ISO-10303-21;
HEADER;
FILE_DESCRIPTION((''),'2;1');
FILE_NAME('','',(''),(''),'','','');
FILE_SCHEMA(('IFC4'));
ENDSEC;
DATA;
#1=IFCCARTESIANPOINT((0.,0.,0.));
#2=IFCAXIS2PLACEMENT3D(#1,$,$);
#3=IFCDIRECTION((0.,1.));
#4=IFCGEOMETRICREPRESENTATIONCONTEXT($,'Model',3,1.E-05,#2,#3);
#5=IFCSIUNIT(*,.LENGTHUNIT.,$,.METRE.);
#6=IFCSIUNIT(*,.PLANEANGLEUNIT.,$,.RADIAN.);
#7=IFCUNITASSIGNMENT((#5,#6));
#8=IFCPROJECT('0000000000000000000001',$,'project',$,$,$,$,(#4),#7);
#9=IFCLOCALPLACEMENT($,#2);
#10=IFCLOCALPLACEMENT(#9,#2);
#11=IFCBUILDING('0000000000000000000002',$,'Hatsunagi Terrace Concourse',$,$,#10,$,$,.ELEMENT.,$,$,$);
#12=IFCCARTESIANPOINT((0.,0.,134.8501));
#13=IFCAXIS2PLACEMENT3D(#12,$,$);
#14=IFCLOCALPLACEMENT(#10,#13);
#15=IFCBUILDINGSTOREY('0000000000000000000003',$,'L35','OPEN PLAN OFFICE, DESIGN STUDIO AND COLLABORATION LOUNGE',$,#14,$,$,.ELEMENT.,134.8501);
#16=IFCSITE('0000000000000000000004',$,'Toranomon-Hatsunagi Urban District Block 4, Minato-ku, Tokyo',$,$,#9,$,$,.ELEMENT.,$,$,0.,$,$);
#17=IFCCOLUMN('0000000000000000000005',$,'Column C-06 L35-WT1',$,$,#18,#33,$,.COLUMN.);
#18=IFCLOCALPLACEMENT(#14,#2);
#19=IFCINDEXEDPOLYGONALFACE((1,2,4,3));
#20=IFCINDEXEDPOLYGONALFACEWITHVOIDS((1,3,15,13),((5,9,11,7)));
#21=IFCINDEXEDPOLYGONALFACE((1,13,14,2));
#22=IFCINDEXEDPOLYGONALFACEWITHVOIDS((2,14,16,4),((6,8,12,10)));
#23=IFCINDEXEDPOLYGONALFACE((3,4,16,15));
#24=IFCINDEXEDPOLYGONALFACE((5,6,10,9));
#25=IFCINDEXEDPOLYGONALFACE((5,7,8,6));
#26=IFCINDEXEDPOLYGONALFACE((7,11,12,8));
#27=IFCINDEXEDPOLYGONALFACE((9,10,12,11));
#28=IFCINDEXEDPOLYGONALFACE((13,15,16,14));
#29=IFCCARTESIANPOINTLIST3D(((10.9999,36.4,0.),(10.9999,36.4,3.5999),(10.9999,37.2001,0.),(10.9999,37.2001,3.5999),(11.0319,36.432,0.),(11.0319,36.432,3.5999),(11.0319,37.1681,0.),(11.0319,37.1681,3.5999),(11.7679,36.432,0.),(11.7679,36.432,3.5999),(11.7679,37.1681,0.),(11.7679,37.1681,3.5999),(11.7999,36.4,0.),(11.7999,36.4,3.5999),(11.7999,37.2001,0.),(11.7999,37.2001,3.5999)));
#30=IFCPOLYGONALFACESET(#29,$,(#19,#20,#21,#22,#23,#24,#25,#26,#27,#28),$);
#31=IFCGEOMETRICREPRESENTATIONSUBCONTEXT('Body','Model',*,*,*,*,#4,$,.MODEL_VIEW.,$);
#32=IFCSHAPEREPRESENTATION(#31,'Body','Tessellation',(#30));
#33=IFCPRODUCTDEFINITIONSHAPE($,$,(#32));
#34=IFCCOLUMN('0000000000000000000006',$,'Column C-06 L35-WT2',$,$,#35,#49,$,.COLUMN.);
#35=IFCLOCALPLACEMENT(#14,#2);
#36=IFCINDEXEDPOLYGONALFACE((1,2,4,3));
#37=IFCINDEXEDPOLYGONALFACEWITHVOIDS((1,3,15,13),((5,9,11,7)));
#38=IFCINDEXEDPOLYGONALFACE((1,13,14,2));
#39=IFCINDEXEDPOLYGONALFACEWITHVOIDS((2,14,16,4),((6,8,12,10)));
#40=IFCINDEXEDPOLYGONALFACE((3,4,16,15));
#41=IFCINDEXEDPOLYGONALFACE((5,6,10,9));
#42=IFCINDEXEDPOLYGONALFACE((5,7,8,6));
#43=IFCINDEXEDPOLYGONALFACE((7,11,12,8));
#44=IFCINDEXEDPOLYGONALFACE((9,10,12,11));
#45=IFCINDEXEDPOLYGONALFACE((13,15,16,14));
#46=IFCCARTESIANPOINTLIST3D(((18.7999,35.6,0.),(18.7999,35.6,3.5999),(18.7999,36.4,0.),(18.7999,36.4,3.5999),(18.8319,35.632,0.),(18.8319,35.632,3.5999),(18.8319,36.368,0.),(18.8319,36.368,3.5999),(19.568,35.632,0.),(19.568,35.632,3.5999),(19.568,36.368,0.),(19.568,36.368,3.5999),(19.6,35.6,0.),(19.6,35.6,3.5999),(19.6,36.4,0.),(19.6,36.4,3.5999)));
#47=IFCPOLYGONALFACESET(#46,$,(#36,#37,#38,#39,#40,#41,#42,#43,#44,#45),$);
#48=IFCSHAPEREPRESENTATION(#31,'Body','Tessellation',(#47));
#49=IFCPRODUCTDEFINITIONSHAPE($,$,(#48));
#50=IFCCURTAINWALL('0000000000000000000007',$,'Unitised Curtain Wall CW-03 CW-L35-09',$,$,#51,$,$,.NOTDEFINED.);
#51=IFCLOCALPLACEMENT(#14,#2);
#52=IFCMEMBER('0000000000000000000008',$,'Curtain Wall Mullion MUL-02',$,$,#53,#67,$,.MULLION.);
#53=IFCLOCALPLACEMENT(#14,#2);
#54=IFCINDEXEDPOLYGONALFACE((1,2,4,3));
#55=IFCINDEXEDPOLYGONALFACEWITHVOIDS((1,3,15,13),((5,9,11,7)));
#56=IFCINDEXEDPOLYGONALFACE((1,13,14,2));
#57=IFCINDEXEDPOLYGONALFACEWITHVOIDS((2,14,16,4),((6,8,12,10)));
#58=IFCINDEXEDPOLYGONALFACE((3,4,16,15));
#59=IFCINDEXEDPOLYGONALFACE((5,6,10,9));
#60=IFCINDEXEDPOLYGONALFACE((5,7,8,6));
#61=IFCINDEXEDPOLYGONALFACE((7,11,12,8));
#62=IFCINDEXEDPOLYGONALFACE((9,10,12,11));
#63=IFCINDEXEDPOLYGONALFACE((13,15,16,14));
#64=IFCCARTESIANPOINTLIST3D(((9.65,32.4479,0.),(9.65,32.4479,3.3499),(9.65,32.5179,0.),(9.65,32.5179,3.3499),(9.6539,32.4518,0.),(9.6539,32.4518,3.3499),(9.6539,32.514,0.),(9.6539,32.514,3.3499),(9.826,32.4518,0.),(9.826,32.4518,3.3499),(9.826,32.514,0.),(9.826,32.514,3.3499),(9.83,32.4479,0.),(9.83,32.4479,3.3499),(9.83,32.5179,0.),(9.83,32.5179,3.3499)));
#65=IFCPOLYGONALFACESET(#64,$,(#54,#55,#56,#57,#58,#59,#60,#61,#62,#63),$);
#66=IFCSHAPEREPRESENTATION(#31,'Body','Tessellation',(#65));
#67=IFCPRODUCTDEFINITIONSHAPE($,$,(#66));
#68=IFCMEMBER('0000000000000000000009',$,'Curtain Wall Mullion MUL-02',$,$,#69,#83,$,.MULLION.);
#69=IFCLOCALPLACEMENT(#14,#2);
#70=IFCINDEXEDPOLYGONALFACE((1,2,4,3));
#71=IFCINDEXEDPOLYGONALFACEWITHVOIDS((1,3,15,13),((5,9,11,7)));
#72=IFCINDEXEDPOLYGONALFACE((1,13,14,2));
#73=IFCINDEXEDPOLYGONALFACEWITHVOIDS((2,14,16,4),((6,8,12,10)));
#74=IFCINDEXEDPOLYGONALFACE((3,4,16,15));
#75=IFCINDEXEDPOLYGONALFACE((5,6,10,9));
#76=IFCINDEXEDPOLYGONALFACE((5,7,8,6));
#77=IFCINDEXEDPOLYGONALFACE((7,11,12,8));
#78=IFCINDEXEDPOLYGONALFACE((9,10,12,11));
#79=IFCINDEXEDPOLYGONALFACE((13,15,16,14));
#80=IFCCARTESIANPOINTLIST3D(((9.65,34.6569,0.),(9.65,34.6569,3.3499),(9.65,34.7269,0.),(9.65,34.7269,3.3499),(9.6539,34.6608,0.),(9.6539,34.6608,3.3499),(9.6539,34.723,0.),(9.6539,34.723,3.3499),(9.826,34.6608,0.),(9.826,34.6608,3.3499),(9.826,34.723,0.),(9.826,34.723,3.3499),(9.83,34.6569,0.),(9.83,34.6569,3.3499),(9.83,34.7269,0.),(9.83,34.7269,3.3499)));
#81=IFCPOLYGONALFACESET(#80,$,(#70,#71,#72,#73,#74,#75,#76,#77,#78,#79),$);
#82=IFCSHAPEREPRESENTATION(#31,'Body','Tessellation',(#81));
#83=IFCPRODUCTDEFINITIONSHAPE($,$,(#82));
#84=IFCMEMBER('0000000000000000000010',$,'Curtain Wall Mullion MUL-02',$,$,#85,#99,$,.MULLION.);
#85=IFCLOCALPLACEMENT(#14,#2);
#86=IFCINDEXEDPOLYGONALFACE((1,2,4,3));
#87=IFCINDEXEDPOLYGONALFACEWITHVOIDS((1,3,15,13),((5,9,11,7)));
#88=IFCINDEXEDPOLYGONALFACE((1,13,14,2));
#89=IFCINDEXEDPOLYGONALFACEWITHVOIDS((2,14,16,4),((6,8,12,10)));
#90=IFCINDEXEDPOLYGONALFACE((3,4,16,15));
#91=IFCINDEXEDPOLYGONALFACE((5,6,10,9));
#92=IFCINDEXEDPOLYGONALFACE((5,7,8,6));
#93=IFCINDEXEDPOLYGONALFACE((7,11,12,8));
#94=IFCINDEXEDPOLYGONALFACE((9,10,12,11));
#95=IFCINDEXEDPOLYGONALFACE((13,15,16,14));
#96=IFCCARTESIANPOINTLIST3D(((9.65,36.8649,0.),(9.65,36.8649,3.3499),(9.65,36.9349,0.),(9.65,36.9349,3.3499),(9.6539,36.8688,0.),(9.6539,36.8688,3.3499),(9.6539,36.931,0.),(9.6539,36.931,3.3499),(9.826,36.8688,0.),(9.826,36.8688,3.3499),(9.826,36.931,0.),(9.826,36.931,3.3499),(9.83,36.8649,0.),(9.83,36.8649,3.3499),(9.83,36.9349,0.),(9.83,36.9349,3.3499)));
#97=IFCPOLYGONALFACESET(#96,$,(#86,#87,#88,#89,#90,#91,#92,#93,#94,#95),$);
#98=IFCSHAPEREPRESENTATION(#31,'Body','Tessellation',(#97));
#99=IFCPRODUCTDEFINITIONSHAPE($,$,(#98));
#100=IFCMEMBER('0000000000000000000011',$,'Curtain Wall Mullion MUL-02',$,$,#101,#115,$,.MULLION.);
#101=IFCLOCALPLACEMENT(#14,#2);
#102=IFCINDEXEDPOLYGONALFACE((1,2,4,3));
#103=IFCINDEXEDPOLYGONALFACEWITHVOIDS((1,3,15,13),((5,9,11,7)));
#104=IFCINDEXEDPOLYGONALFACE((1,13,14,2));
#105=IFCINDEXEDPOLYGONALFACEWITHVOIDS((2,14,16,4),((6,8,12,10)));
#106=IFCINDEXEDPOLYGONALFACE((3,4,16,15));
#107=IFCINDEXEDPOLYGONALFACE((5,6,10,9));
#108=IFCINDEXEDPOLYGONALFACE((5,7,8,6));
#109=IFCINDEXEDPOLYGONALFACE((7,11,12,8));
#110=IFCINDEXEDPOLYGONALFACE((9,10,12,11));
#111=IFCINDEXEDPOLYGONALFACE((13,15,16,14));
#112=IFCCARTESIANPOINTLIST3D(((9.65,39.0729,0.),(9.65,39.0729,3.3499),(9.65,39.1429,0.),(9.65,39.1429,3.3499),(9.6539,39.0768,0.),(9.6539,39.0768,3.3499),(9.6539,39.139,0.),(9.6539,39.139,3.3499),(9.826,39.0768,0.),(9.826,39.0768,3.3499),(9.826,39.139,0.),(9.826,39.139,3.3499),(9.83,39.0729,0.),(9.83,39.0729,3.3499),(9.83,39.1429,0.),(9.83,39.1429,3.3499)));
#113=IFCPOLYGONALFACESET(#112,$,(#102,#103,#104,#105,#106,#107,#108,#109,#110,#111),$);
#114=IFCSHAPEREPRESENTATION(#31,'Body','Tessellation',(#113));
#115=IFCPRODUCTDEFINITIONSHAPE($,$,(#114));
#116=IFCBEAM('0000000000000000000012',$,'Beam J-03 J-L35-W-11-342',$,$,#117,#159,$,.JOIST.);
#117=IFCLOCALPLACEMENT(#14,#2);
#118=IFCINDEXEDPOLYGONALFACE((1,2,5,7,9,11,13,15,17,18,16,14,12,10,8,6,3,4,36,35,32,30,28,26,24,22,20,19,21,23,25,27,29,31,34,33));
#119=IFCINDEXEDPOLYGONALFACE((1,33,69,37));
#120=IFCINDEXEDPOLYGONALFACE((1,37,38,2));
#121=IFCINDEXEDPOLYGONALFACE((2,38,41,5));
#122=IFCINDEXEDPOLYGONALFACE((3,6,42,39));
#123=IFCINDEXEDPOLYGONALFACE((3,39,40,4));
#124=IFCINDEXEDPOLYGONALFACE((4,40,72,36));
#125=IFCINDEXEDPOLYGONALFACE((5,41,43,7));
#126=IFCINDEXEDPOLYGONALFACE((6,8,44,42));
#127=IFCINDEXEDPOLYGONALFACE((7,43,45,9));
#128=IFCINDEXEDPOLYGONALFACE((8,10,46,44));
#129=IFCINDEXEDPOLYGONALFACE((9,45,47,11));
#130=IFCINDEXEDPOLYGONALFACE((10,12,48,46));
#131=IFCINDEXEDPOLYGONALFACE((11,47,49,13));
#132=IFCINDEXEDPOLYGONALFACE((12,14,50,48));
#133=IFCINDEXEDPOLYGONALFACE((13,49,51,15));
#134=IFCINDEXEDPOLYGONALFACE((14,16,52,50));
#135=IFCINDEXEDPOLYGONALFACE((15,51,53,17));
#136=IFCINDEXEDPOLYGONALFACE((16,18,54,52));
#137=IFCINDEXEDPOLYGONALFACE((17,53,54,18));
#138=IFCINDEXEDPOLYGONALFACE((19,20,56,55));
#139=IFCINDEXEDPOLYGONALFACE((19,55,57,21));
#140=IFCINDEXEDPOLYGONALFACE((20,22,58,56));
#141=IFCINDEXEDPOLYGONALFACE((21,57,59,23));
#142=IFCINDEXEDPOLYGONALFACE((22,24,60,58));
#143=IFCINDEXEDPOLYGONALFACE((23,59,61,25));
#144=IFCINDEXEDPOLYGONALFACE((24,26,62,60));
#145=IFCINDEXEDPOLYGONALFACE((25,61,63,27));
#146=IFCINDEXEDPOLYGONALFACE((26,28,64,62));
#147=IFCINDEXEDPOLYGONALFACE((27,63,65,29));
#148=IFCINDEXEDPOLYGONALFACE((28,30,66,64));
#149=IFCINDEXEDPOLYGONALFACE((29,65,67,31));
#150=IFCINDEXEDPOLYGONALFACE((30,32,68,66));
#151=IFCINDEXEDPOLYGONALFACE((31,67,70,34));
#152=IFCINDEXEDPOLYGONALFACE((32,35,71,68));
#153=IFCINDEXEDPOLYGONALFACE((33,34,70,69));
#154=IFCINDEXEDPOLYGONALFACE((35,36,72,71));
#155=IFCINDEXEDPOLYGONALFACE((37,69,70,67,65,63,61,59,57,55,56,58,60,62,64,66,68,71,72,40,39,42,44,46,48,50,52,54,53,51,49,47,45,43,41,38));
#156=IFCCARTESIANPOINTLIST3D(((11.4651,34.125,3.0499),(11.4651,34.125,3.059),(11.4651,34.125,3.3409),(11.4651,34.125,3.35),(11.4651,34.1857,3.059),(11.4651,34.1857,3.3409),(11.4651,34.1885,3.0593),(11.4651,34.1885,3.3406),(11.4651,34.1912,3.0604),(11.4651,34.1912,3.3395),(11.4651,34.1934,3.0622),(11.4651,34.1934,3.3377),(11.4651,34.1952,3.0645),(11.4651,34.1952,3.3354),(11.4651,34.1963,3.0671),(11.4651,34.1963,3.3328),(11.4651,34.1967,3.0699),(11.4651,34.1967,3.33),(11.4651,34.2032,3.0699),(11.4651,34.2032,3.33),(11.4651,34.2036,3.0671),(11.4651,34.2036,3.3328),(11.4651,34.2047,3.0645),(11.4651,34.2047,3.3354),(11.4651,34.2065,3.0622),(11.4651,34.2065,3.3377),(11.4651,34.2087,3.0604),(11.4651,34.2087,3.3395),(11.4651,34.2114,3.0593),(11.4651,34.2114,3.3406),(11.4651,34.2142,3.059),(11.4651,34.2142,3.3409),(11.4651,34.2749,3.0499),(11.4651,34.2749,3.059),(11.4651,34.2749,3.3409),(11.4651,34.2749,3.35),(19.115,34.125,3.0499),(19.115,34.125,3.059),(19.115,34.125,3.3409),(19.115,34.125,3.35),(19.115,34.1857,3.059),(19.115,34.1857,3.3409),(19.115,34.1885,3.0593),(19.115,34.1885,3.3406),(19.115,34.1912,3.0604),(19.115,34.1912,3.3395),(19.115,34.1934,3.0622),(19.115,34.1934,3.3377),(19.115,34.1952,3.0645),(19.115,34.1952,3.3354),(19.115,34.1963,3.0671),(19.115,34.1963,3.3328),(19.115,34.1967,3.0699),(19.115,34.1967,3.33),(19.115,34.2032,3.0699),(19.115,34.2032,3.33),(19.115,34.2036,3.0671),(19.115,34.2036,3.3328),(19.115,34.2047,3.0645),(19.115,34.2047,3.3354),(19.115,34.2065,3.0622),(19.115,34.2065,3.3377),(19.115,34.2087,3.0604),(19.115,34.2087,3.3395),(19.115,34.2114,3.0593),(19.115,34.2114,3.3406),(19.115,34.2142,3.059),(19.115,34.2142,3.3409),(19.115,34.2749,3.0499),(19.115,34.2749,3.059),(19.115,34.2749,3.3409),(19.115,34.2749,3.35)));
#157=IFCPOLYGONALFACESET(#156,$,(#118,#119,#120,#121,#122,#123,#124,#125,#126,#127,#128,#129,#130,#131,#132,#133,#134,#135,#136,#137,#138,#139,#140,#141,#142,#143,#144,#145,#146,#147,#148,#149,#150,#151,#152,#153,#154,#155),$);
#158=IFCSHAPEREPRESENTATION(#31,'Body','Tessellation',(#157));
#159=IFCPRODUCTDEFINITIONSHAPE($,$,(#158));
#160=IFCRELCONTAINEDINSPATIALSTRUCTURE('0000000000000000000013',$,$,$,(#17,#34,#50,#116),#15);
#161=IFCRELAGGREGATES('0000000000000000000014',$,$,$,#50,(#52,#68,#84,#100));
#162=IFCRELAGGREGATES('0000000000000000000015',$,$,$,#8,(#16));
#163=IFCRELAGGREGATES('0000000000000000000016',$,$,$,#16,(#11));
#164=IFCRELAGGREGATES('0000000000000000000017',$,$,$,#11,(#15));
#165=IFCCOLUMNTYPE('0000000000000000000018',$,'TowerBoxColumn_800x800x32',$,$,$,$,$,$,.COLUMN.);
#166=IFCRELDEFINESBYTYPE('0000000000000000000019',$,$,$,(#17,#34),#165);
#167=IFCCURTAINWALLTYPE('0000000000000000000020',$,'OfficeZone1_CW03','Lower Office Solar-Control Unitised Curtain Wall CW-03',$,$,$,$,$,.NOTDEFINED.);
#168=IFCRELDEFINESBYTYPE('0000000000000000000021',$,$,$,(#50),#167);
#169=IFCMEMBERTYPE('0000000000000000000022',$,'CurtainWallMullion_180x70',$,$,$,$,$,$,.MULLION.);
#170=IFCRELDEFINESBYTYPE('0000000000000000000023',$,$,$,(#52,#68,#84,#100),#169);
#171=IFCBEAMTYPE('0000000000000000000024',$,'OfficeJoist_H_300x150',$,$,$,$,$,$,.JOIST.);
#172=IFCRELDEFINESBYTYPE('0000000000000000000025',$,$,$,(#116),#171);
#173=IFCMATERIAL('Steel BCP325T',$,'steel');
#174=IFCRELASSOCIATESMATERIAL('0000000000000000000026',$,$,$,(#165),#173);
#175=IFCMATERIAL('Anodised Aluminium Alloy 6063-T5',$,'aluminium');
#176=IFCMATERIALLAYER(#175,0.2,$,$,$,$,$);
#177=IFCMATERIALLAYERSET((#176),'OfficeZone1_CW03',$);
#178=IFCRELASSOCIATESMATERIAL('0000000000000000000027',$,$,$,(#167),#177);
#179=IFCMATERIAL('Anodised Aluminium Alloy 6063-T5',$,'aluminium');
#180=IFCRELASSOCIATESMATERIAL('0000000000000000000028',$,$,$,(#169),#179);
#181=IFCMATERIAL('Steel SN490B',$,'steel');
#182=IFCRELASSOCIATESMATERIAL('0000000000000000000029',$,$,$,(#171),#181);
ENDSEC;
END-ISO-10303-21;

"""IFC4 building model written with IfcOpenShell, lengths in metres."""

from ifc_helpers import new_model, si_unit, direction, frame, origin, origin_2d, place, context, subcontext, project, spatial, hollow_rectangle, i_section, extrude, material, layer, layer_set, material_profile, profile_set, type_object, element, aggregate, save


model = new_model("IFC4")

# Units and contexts
model_context = context("Model", 3, precision=1e-05, world=origin(), true_north=direction((0.0, 1.0)))
body_context = subcontext(model_context, "Body", "Model", "MODEL_VIEW")
ifc_project = project(units=[si_unit("LENGTHUNIT", "METRE"), si_unit("PLANEANGLEUNIT", "RADIAN")], contexts=[model_context])

# Site, building, storey
site_placement = place(None, origin())
site = spatial("IfcSite", under=ifc_project, at=site_placement, Name="Toranomon-Hatsunagi Urban District Block 4, Minato-ku, Tokyo", CompositionType="ELEMENT", RefElevation=0.0)
building_placement = place(site_placement, origin())
building = spatial("IfcBuilding", under=site, at=building_placement, Name="Hatsunagi Terrace Concourse", CompositionType="ELEMENT")
storey_placement = place(building_placement, frame((0.0, 0.0, 134.8501)))
storey = spatial("IfcBuildingStorey", under=building, at=storey_placement, Name="L35", Description="OPEN PLAN OFFICE, DESIGN STUDIO AND COLLABORATION LOUNGE", CompositionType="ELEMENT", Elevation=134.8501)

# Columns
ifc_material_1 = material(Name="Steel BCP325T", Category="steel")
ifc_material_profile_1 = material_profile(ifc_material_1, hollow_rectangle(XDim=0.8, YDim=0.8, WallThickness=0.032, at=origin_2d()), Name="BCP-800x800x32")
ifc_profile_set_1 = profile_set([ifc_material_profile_1], Name="Steel BCP325T")
column_type = type_object("IfcColumnType", Name="TowerBoxColumn_800x800x32", PredefinedType="COLUMN", material=ifc_profile_set_1)
for number, where, z_axis, x_axis, name in (
    (1, (11.3999, 36.8, 0.0), (0.0, 0.0, 1.0), (1.0, 0.0, 0.0), "Column C-06 L35-WT1"),
    (2, (19.2, 36.0, 0.0), (0.0, 0.0, 1.0), (1.0, 0.0, 0.0), "Column C-06 L35-WT2"),
):
    element("IfcColumn", number, at=place(storey_placement, frame(where, z_axis=z_axis, x_axis=x_axis)), inside=storey, type_object=column_type, Name=name, PredefinedType="COLUMN", context=body_context, shape_type="SweptSolid", body=[
        extrude(hollow_rectangle(XDim=0.8, YDim=0.8, WallThickness=0.032, at=origin_2d()), origin(), (0.0, 0.0, 1.0), 3.5999),
    ])

# Curtain wall, members
ifc_material_2 = material(Name="Anodised Aluminium Alloy 6063-T5", Category="aluminium")
ifc_layer_1 = layer(ifc_material_2, 0.2)
ifc_layer_set_1 = layer_set([ifc_layer_1], Name="OfficeZone1_CW03")
curtain_wall_type = type_object("IfcCurtainWallType", Name="OfficeZone1_CW03", Description="Lower Office Solar-Control Unitised Curtain Wall CW-03", PredefinedType="NOTDEFINED", material=ifc_layer_set_1)
curtain_wall_placement = place(storey_placement, origin())
curtain_wall = element("IfcCurtainWall", 3, at=curtain_wall_placement, inside=storey, type_object=curtain_wall_type, Name="Unitised Curtain Wall CW-03 CW-L35-09", PredefinedType="NOTDEFINED")
ifc_material_3 = material(Name="Anodised Aluminium Alloy 6063-T5", Category="aluminium")
ifc_material_profile_2 = material_profile(ifc_material_3, hollow_rectangle(XDim=0.0701, YDim=0.1799, WallThickness=0.0039, at=origin_2d()), Name="ALU-MUL-180x70x4")
ifc_profile_set_2 = profile_set([ifc_material_profile_2], Name="Anodised Aluminium Alloy 6063-T5")
member_type = type_object("IfcMemberType", Name="CurtainWallMullion_180x70", PredefinedType="MULLION", material=ifc_profile_set_2)
member_1_placement = place(storey_placement, frame((9.74, 32.4829, 0.0), z_axis=(0.0, 0.0, 1.0), x_axis=(0.0, 1.0, 0.0)))
member_1 = element("IfcMember", 4, at=member_1_placement, type_object=member_type, Name="Curtain Wall Mullion MUL-02", PredefinedType="MULLION", context=body_context, shape_type="SweptSolid", body=[
    extrude(hollow_rectangle(XDim=0.0701, YDim=0.1799, WallThickness=0.0039, at=origin_2d()), origin(), (0.0, 0.0, 1.0), 3.3499),
])
member_2_placement = place(storey_placement, frame((9.74, 34.6919, 0.0), z_axis=(0.0, 0.0, 1.0), x_axis=(0.0, 1.0, 0.0)))
member_2 = element("IfcMember", 5, at=member_2_placement, type_object=member_type, Name="Curtain Wall Mullion MUL-02", PredefinedType="MULLION", context=body_context, shape_type="SweptSolid", body=[
    extrude(hollow_rectangle(XDim=0.0701, YDim=0.1799, WallThickness=0.0039, at=origin_2d()), origin(), (0.0, 0.0, 1.0), 3.3499),
])
member_3_placement = place(storey_placement, frame((9.74, 36.8999, 0.0), z_axis=(0.0, 0.0, 1.0), x_axis=(0.0, 1.0, 0.0)))
member_3 = element("IfcMember", 6, at=member_3_placement, type_object=member_type, Name="Curtain Wall Mullion MUL-02", PredefinedType="MULLION", context=body_context, shape_type="SweptSolid", body=[
    extrude(hollow_rectangle(XDim=0.0701, YDim=0.1799, WallThickness=0.0039, at=origin_2d()), origin(), (0.0, 0.0, 1.0), 3.3499),
])
member_4_placement = place(storey_placement, frame((9.74, 39.1079, 0.0), z_axis=(0.0, 0.0, 1.0), x_axis=(0.0, 1.0, 0.0)))
member_4 = element("IfcMember", 7, at=member_4_placement, type_object=member_type, Name="Curtain Wall Mullion MUL-02", PredefinedType="MULLION", context=body_context, shape_type="SweptSolid", body=[
    extrude(hollow_rectangle(XDim=0.0701, YDim=0.1799, WallThickness=0.0039, at=origin_2d()), origin(), (0.0, 0.0, 1.0), 3.3499),
])

# Beam
ifc_material_4 = material(Name="Steel SN490B", Category="steel")
ifc_material_profile_3 = material_profile(ifc_material_4, i_section(OverallWidth=0.1499, OverallDepth=0.3, WebThickness=0.0066, FlangeThickness=0.009, FilletRadius=0.011, at=origin_2d()), Name="H-300x150x6.5x9")
ifc_profile_set_3 = profile_set([ifc_material_profile_3], Name="Steel SN490B")
beam_type_1 = type_object("IfcBeamType", Name="OfficeJoist_H_300x150", PredefinedType="JOIST", material=ifc_profile_set_3)
for number, where, z_axis, x_axis, name in (
    (8, (11.4651, 34.2, 3.2), (1.0, 0.0, 0.0), (0.0, 1.0, 0.0), "Beam J-03 J-L35-W-11-342"),
):
    element("IfcBeam", number, at=place(storey_placement, frame(where, z_axis=z_axis, x_axis=x_axis)), inside=storey, type_object=beam_type_1, Name=name, PredefinedType="JOIST", context=body_context, shape_type="SweptSolid", body=[
        extrude(i_section(OverallWidth=0.1499, OverallDepth=0.3, WebThickness=0.0066, FlangeThickness=0.009, FilletRadius=0.011, at=origin_2d()), origin(), (0.0, 0.0, 1.0), 7.6499),
    ])

aggregate(curtain_wall, [member_1, member_2, member_3, member_4])

save(model, "model.ifc")
